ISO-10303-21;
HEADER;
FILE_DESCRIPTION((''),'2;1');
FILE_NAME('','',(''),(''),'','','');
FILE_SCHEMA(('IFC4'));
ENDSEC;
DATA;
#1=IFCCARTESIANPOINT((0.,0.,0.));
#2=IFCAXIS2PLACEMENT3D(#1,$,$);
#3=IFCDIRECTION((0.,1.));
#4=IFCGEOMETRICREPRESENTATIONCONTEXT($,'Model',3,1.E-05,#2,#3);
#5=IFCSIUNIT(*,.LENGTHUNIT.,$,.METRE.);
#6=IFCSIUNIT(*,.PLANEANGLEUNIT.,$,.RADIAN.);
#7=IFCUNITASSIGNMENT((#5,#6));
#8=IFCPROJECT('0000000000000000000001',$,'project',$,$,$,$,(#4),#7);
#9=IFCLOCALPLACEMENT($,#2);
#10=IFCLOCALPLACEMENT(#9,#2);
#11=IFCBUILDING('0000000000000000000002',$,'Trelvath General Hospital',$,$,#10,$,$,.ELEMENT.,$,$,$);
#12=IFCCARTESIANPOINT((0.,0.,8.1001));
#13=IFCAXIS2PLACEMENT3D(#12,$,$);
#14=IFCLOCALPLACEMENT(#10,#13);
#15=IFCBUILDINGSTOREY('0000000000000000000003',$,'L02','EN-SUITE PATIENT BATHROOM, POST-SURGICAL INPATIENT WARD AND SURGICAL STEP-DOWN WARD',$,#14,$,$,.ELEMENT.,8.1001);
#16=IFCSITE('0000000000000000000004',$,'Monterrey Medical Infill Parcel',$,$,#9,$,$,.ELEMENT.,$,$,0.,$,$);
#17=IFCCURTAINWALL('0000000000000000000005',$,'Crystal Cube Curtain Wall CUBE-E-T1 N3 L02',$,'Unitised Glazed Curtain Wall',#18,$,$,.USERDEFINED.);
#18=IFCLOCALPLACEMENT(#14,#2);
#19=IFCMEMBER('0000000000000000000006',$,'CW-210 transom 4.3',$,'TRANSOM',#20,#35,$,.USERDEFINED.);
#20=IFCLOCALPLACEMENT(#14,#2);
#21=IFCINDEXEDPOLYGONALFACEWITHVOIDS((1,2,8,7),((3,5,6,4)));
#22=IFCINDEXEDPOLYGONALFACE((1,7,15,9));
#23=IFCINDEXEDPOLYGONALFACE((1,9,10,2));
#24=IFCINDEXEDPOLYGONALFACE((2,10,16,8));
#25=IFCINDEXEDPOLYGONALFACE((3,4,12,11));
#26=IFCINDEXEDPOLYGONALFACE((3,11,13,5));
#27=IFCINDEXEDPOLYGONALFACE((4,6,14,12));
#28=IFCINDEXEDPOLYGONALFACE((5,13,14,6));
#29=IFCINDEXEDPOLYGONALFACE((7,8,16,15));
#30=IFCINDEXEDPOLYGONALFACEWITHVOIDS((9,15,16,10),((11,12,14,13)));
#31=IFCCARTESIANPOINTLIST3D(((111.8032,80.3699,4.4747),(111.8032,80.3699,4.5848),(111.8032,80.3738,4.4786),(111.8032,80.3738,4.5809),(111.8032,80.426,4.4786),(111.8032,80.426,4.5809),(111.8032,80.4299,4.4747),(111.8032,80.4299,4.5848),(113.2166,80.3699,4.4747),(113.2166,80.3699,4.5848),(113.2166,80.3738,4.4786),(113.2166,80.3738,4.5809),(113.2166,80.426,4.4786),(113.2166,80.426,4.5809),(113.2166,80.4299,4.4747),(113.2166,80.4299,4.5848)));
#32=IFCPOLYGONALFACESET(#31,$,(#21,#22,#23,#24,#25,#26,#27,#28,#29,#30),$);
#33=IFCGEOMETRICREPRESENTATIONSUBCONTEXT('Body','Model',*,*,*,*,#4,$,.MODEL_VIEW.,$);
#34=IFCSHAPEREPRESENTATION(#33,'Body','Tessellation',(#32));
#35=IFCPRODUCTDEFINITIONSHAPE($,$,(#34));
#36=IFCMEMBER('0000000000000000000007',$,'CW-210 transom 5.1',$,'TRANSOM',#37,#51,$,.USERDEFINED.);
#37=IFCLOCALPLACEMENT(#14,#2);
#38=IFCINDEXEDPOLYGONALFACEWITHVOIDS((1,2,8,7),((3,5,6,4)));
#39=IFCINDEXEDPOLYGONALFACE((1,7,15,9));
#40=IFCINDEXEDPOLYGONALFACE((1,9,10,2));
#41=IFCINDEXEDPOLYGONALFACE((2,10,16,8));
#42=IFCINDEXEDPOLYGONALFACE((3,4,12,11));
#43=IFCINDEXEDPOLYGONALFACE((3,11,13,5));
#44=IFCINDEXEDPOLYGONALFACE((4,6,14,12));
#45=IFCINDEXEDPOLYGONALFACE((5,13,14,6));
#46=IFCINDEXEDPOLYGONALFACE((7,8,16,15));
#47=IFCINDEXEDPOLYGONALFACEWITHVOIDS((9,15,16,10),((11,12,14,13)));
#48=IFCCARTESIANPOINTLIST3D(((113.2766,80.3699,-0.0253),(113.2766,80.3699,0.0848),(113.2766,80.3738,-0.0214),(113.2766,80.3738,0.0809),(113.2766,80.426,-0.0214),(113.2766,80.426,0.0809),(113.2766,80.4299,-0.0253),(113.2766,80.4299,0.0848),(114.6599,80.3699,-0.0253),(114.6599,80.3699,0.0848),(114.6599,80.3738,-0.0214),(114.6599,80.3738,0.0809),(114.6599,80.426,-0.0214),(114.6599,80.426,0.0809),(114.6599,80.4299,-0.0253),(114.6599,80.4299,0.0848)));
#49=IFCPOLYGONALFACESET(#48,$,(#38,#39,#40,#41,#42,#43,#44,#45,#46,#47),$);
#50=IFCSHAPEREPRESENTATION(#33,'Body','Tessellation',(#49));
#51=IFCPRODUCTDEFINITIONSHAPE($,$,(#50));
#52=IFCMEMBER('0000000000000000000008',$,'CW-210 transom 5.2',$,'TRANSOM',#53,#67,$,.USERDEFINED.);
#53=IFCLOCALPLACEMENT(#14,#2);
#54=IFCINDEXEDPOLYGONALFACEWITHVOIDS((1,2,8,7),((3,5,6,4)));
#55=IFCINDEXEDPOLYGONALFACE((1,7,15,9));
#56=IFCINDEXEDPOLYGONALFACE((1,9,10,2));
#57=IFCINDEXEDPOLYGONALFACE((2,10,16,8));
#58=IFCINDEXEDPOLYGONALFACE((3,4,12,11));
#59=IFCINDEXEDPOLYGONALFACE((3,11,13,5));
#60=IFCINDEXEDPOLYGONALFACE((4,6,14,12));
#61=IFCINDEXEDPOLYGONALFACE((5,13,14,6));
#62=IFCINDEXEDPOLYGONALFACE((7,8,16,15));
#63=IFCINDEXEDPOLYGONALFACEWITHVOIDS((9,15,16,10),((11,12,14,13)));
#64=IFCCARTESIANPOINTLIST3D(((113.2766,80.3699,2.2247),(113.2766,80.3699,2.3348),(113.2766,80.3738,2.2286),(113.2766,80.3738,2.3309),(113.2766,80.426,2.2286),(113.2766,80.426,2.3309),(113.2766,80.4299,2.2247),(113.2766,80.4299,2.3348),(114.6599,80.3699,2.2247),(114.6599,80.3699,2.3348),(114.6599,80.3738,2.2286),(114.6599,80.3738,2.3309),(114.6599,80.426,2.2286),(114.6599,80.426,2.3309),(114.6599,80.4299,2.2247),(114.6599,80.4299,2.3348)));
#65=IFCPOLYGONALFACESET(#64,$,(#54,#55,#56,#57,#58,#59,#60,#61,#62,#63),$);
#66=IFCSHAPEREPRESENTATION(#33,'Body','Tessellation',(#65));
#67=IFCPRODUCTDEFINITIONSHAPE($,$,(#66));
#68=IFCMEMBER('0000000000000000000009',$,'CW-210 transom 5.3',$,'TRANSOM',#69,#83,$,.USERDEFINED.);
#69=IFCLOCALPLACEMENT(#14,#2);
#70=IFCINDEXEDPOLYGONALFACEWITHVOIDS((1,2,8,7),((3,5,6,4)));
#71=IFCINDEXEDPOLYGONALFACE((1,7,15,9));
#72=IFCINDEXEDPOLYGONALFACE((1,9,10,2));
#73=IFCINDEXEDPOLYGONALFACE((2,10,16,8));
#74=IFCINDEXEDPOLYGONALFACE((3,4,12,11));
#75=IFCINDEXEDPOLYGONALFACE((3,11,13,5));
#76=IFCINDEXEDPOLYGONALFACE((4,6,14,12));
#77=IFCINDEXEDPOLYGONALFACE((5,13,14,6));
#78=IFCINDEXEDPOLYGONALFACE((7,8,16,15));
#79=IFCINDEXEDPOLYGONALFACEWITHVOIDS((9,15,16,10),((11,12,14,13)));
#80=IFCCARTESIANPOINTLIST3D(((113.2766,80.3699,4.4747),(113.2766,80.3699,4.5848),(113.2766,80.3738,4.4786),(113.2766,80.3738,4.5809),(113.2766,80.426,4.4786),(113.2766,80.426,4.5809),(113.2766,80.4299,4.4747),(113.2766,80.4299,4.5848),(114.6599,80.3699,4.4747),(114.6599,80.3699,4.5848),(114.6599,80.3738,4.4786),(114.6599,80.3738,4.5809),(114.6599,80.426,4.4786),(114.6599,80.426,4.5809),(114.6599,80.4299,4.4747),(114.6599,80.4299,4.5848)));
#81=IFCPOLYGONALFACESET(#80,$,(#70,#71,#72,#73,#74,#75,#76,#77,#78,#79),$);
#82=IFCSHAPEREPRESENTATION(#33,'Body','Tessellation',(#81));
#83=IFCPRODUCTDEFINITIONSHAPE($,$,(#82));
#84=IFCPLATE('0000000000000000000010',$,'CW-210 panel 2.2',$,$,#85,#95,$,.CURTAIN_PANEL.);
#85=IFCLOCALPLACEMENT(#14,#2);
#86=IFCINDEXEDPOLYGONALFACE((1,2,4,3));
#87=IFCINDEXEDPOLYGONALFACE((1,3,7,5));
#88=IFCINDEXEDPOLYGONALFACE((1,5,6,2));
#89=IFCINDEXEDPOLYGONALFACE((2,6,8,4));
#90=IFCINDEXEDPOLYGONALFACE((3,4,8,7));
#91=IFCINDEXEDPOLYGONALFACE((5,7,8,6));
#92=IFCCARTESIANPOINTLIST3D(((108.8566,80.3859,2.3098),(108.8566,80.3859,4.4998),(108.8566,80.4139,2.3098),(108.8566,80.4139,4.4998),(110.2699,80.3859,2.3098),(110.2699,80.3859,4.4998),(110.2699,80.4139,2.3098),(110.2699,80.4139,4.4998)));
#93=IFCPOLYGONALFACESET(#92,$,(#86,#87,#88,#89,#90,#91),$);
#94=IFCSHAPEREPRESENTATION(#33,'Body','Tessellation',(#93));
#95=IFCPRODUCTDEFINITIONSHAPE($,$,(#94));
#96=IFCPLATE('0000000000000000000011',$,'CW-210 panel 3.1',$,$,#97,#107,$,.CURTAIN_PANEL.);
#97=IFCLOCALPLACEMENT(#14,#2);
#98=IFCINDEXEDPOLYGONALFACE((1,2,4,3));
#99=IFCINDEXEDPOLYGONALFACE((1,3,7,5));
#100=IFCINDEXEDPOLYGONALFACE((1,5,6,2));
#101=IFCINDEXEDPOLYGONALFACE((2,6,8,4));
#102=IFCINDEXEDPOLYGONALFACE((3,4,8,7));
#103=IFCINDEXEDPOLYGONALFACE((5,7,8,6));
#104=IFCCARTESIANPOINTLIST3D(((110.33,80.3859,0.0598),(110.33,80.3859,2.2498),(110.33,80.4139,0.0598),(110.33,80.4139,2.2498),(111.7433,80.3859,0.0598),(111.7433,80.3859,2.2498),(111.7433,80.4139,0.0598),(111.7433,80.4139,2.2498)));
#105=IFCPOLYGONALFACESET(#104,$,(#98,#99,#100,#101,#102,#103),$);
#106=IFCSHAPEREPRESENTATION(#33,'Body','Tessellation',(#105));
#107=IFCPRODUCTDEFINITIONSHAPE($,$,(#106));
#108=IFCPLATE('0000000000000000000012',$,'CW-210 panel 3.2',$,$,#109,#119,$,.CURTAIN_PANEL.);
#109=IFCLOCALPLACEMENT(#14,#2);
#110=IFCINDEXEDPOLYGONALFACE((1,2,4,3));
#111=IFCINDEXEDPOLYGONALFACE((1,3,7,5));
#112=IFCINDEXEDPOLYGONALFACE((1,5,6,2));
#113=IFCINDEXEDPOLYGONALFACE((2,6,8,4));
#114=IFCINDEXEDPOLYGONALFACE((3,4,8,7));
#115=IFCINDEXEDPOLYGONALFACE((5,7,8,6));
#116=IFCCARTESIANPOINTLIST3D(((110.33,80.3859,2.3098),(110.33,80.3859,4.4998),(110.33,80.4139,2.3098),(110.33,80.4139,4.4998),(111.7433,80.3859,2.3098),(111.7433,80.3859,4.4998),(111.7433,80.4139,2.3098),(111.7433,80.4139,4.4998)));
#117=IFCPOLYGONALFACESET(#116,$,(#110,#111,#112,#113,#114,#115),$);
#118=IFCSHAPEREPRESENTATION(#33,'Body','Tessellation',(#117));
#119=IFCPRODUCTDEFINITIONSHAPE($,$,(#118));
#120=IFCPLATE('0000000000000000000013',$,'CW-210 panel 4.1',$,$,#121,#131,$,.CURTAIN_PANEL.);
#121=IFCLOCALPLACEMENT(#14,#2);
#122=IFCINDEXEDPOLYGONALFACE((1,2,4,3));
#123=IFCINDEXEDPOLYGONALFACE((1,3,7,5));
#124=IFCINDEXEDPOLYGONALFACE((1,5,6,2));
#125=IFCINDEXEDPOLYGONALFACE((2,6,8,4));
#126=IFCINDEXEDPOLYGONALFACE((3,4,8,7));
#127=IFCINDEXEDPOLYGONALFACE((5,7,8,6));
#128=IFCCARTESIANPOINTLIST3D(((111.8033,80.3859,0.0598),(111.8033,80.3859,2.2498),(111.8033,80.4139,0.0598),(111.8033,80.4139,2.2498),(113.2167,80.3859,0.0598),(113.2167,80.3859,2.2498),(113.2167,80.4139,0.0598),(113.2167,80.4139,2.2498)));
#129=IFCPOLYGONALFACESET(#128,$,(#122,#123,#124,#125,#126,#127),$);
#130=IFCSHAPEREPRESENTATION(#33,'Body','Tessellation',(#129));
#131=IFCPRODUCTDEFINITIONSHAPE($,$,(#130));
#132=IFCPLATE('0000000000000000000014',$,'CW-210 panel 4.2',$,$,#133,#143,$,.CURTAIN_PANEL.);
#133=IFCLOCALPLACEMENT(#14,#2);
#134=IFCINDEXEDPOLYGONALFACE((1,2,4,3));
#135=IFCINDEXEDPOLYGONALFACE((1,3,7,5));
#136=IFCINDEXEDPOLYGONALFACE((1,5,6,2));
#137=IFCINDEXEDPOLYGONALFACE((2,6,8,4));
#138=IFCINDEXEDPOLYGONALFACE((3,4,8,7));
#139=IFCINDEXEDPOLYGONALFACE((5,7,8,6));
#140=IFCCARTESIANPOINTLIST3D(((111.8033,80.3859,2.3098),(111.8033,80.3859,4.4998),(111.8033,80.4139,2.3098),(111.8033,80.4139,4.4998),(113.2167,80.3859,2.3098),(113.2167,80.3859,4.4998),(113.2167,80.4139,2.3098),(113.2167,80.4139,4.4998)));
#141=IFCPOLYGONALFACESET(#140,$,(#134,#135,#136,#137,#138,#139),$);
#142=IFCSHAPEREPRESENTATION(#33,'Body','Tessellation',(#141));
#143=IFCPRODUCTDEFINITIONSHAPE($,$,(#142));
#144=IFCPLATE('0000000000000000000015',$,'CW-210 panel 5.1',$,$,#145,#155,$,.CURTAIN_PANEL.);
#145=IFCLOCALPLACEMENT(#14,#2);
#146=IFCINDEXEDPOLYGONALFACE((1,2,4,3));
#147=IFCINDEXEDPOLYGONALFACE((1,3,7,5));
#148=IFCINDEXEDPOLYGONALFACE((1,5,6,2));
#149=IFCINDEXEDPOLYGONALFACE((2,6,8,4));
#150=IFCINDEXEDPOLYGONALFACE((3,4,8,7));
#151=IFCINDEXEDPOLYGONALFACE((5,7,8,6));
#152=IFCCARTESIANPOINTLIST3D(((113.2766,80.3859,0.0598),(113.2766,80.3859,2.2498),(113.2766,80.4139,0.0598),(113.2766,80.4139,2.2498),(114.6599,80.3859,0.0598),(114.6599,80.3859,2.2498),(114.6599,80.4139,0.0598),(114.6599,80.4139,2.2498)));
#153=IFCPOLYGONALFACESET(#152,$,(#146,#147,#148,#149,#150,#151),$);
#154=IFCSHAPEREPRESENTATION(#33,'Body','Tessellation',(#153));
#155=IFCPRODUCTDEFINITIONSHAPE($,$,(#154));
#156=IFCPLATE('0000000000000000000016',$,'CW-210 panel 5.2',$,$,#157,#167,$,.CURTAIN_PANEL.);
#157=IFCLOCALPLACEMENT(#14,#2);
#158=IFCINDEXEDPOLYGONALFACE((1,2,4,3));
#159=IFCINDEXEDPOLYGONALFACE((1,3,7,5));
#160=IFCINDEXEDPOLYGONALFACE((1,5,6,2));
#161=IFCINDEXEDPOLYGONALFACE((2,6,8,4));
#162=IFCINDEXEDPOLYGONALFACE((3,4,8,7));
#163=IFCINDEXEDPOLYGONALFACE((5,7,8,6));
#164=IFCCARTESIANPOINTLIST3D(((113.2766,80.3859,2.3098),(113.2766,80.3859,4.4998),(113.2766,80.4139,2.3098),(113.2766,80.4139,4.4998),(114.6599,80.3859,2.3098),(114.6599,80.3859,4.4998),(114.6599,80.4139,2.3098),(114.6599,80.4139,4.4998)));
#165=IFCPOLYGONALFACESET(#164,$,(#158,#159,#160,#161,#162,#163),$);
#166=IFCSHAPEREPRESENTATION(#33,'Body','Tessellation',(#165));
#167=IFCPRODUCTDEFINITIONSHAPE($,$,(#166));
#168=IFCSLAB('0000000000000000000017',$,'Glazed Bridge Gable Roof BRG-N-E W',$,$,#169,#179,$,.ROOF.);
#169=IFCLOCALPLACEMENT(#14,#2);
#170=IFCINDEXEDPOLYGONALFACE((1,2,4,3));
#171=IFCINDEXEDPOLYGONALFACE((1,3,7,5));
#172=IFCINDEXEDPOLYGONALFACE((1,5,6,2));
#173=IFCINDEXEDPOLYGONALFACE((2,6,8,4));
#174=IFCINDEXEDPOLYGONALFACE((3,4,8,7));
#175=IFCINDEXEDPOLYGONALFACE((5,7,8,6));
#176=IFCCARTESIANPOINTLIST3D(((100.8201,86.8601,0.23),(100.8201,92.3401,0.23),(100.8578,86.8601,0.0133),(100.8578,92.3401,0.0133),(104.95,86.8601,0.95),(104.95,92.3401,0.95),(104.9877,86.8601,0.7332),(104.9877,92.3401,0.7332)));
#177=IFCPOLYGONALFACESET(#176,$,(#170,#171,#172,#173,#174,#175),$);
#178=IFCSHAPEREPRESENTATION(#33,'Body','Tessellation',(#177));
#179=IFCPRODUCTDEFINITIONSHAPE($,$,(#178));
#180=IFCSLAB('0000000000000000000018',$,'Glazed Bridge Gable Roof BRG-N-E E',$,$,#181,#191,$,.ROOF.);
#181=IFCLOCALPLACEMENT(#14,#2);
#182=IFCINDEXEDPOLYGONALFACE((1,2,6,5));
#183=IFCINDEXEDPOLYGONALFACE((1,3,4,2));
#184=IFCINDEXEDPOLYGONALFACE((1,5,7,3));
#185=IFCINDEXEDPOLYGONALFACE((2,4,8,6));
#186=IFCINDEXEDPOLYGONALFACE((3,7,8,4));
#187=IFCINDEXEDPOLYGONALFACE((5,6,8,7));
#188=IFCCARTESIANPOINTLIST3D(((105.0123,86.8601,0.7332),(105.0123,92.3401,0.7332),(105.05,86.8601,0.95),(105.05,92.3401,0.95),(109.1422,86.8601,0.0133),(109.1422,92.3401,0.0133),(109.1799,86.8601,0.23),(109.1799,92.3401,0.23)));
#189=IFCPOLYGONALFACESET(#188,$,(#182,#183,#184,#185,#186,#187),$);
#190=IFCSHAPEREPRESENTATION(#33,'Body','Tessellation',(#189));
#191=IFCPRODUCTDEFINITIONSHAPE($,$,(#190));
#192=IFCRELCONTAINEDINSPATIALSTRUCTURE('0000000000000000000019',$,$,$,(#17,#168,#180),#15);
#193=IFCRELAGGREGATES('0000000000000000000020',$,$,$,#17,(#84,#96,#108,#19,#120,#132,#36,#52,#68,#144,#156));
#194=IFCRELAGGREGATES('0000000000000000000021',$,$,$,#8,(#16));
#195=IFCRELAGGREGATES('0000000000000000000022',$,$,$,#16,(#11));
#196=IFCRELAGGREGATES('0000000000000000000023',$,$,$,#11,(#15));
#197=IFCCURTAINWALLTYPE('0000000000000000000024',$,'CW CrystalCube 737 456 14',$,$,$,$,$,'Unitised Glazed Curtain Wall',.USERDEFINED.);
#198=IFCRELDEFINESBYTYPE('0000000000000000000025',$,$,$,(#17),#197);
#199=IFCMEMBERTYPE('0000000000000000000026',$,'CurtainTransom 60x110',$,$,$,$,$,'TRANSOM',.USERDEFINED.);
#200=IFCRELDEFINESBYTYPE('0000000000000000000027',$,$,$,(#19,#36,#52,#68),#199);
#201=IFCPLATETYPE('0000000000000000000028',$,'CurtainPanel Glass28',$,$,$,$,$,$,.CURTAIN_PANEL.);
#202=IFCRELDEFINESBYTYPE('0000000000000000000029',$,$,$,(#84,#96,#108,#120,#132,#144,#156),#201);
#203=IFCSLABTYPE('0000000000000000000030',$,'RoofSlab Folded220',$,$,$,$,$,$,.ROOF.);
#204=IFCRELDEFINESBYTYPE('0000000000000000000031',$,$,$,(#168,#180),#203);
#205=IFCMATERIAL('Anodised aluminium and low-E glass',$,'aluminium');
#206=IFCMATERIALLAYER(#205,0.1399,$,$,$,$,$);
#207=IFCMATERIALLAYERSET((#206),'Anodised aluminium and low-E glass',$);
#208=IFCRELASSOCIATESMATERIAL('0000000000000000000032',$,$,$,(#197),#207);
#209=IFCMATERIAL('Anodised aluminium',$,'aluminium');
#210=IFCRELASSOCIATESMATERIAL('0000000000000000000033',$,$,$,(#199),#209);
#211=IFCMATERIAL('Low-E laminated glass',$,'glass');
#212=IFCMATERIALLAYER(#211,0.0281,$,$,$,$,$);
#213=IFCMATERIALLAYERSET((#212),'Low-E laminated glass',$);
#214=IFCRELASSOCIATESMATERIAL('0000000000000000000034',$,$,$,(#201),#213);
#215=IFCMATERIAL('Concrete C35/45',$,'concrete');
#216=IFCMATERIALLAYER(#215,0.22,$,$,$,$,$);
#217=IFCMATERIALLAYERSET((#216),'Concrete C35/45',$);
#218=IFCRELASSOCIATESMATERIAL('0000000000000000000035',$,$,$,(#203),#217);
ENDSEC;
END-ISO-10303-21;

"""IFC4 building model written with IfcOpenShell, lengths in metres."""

from ifc_helpers import new_model, si_unit, direction, frame, origin, origin_2d, place, context, subcontext, project, spatial, polyline, rectangle, hollow_rectangle, outline, extrude, material, layer, layer_set, material_profile, profile_set, type_object, element, aggregate, save


model = new_model("IFC4")

# Units and contexts
model_context = context("Model", 3, precision=1e-05, world=origin(), true_north=direction((0.0, 1.0)))
body_context = subcontext(model_context, "Body", "Model", "MODEL_VIEW")
ifc_project = project(units=[si_unit("LENGTHUNIT", "METRE"), si_unit("PLANEANGLEUNIT", "RADIAN")], contexts=[model_context])

# Site, building, storey
site_placement = place(None, origin())
site = spatial("IfcSite", under=ifc_project, at=site_placement, Name="Monterrey Medical Infill Parcel", CompositionType="ELEMENT", RefElevation=0.0)
building_placement = place(site_placement, origin())
building = spatial("IfcBuilding", under=site, at=building_placement, Name="Trelvath General Hospital", CompositionType="ELEMENT")
storey_placement = place(building_placement, frame((0.0, 0.0, 8.1001)))
storey = spatial("IfcBuildingStorey", under=building, at=storey_placement, Name="L02", Description="EN-SUITE PATIENT BATHROOM, POST-SURGICAL INPATIENT WARD AND SURGICAL STEP-DOWN WARD", CompositionType="ELEMENT", Elevation=8.1001)

# Curtain wall, members, plates
ifc_material_1 = material(Name="Anodised aluminium and low-E glass", Category="aluminium")
ifc_layer_1 = layer(ifc_material_1, 0.1399)
ifc_layer_set_1 = layer_set([ifc_layer_1], Name="Anodised aluminium and low-E glass")
curtain_wall_type = type_object("IfcCurtainWallType", Name="CW CrystalCube 737 456 14", ElementType="Unitised Glazed Curtain Wall", PredefinedType="USERDEFINED", material=ifc_layer_set_1)
curtain_wall_placement = place(storey_placement, origin())
curtain_wall = element("IfcCurtainWall", 1, at=curtain_wall_placement, inside=storey, type_object=curtain_wall_type, Name="Crystal Cube Curtain Wall CUBE-E-T1 N3 L02", ObjectType="Unitised Glazed Curtain Wall", PredefinedType="USERDEFINED")
ifc_material_2 = material(Name="Anodised aluminium", Category="aluminium")
ifc_material_profile_1 = material_profile(ifc_material_2, hollow_rectangle(XDim=0.0601, YDim=0.1101, WallThickness=0.0039, at=origin_2d()), Name="RHS60x110x4")
ifc_profile_set_1 = profile_set([ifc_material_profile_1], Name="Anodised aluminium")
member_type_1 = type_object("IfcMemberType", Name="CurtainTransom 60x110", ElementType="TRANSOM", PredefinedType="USERDEFINED", material=ifc_profile_set_1)
member_1_placement = place(storey_placement, frame((111.8032, 80.3999, 4.5298), z_axis=(1.0, 0.0, 0.0), x_axis=(0.0, 1.0, 0.0)))
member_1 = element("IfcMember", 2, at=member_1_placement, type_object=member_type_1, Name="CW-210 transom 4.3", ObjectType="TRANSOM", PredefinedType="USERDEFINED", context=body_context, shape_type="SweptSolid", body=[
    extrude(hollow_rectangle(XDim=0.0601, YDim=0.1101, WallThickness=0.0039, at=origin_2d()), origin(), (0.0, 0.0, 1.0), 1.4133),
])
member_2_placement = place(storey_placement, frame((113.2766, 80.3999, 0.0298), z_axis=(1.0, 0.0, 0.0), x_axis=(0.0, 1.0, 0.0)))
member_2 = element("IfcMember", 3, at=member_2_placement, type_object=member_type_1, Name="CW-210 transom 5.1", ObjectType="TRANSOM", PredefinedType="USERDEFINED", context=body_context, shape_type="SweptSolid", body=[
    extrude(hollow_rectangle(XDim=0.0601, YDim=0.1101, WallThickness=0.0039, at=origin_2d()), origin(), (0.0, 0.0, 1.0), 1.3833),
])
member_3_placement = place(storey_placement, frame((113.2766, 80.3999, 2.2798), z_axis=(1.0, 0.0, 0.0), x_axis=(0.0, 1.0, 0.0)))
member_3 = element("IfcMember", 4, at=member_3_placement, type_object=member_type_1, Name="CW-210 transom 5.2", ObjectType="TRANSOM", PredefinedType="USERDEFINED", context=body_context, shape_type="SweptSolid", body=[
    extrude(hollow_rectangle(XDim=0.0601, YDim=0.1101, WallThickness=0.0039, at=origin_2d()), origin(), (0.0, 0.0, 1.0), 1.3833),
])
member_4_placement = place(storey_placement, frame((113.2766, 80.3999, 4.5298), z_axis=(1.0, 0.0, 0.0), x_axis=(0.0, 1.0, 0.0)))
member_4 = element("IfcMember", 5, at=member_4_placement, type_object=member_type_1, Name="CW-210 transom 5.3", ObjectType="TRANSOM", PredefinedType="USERDEFINED", context=body_context, shape_type="SweptSolid", body=[
    extrude(hollow_rectangle(XDim=0.0601, YDim=0.1101, WallThickness=0.0039, at=origin_2d()), origin(), (0.0, 0.0, 1.0), 1.3833),
])
ifc_material_3 = material(Name="Low-E laminated glass", Category="glass")
ifc_layer_2 = layer(ifc_material_3, 0.0281)
ifc_layer_set_2 = layer_set([ifc_layer_2], Name="Low-E laminated glass")
plate_type = type_object("IfcPlateType", Name="CurtainPanel Glass28", PredefinedType="CURTAIN_PANEL", material=ifc_layer_set_2)
plate_1_placement = place(storey_placement, frame((109.5632, 80.3999, 2.3098), z_axis=(0.0, 0.0, 1.0), x_axis=(1.0, 0.0, 0.0)))
plate_1 = element("IfcPlate", 6, at=plate_1_placement, type_object=plate_type, Name="CW-210 panel 2.2", PredefinedType="CURTAIN_PANEL", context=body_context, shape_type="SweptSolid", body=[
    extrude(rectangle(XDim=1.4133, YDim=0.0281, at=origin_2d()), origin(), (0.0, 0.0, 1.0), 2.1899),
])
plate_2_placement = place(storey_placement, frame((111.0366, 80.3999, 0.0598), z_axis=(0.0, 0.0, 1.0), x_axis=(1.0, 0.0, 0.0)))
plate_2 = element("IfcPlate", 7, at=plate_2_placement, type_object=plate_type, Name="CW-210 panel 3.1", PredefinedType="CURTAIN_PANEL", context=body_context, shape_type="SweptSolid", body=[
    extrude(rectangle(XDim=1.4133, YDim=0.0281, at=origin_2d()), origin(), (0.0, 0.0, 1.0), 2.1899),
])
plate_3_placement = place(storey_placement, frame((111.0366, 80.3999, 2.3098), z_axis=(0.0, 0.0, 1.0), x_axis=(1.0, 0.0, 0.0)))
plate_3 = element("IfcPlate", 8, at=plate_3_placement, type_object=plate_type, Name="CW-210 panel 3.2", PredefinedType="CURTAIN_PANEL", context=body_context, shape_type="SweptSolid", body=[
    extrude(rectangle(XDim=1.4133, YDim=0.0281, at=origin_2d()), origin(), (0.0, 0.0, 1.0), 2.1899),
])
plate_4_placement = place(storey_placement, frame((112.51, 80.3999, 0.0598), z_axis=(0.0, 0.0, 1.0), x_axis=(1.0, 0.0, 0.0)))
plate_4 = element("IfcPlate", 9, at=plate_4_placement, type_object=plate_type, Name="CW-210 panel 4.1", PredefinedType="CURTAIN_PANEL", context=body_context, shape_type="SweptSolid", body=[
    extrude(rectangle(XDim=1.4133, YDim=0.0281, at=origin_2d()), origin(), (0.0, 0.0, 1.0), 2.1899),
])
plate_5_placement = place(storey_placement, frame((112.51, 80.3999, 2.3098), z_axis=(0.0, 0.0, 1.0), x_axis=(1.0, 0.0, 0.0)))
plate_5 = element("IfcPlate", 10, at=plate_5_placement, type_object=plate_type, Name="CW-210 panel 4.2", PredefinedType="CURTAIN_PANEL", context=body_context, shape_type="SweptSolid", body=[
    extrude(rectangle(XDim=1.4133, YDim=0.0281, at=origin_2d()), origin(), (0.0, 0.0, 1.0), 2.1899),
])
plate_6_placement = place(storey_placement, frame((113.9683, 80.3999, 0.0598), z_axis=(0.0, 0.0, 1.0), x_axis=(1.0, 0.0, 0.0)))
plate_6 = element("IfcPlate", 11, at=plate_6_placement, type_object=plate_type, Name="CW-210 panel 5.1", PredefinedType="CURTAIN_PANEL", context=body_context, shape_type="SweptSolid", body=[
    extrude(rectangle(XDim=1.3833, YDim=0.0281, at=origin_2d()), origin(), (0.0, 0.0, 1.0), 2.1899),
])
plate_7_placement = place(storey_placement, frame((113.9683, 80.3999, 2.3098), z_axis=(0.0, 0.0, 1.0), x_axis=(1.0, 0.0, 0.0)))
plate_7 = element("IfcPlate", 12, at=plate_7_placement, type_object=plate_type, Name="CW-210 panel 5.2", PredefinedType="CURTAIN_PANEL", context=body_context, shape_type="SweptSolid", body=[
    extrude(rectangle(XDim=1.3833, YDim=0.0281, at=origin_2d()), origin(), (0.0, 0.0, 1.0), 2.1899),
])
aggregate(curtain_wall, [plate_1, plate_2, plate_3, member_1, plate_4, plate_5, member_2, member_3, member_4, plate_6, plate_7])

# Slabs
ifc_material_4 = material(Name="Concrete C35/45", Category="concrete")
ifc_layer_3 = layer(ifc_material_4, 0.22)
ifc_layer_set_3 = layer_set([ifc_layer_3], Name="Concrete C35/45")
slab_type = type_object("IfcSlabType", Name="RoofSlab Folded220", PredefinedType="ROOF", material=ifc_layer_set_3)
for number, where, z_axis, x_axis, name in (
    (13, (100.8201, 86.8601, 0.23), (-0.171742, 0.0, 0.985142), (0.985142, 0.0, 0.171742), "Glazed Bridge Gable Roof BRG-N-E W"),
    (14, (105.05, 86.8601, 0.95), (0.171742, 0.0, 0.985142), (0.985142, 0.0, -0.171742), "Glazed Bridge Gable Roof BRG-N-E E"),
):
    element("IfcSlab", number, at=place(storey_placement, frame(where, z_axis=z_axis, x_axis=x_axis)), inside=storey, type_object=slab_type, Name=name, PredefinedType="ROOF", context=body_context, shape_type="SweptSolid", body=[
        extrude(outline(polyline([(0.0, 0.0), (4.1922, 0.0), (4.1922, 5.48), (0.0, 5.48), (0.0, 0.0)])), origin(), (0.0, 0.0, -1.0), 0.22),
    ])

save(model, "model.ifc")
